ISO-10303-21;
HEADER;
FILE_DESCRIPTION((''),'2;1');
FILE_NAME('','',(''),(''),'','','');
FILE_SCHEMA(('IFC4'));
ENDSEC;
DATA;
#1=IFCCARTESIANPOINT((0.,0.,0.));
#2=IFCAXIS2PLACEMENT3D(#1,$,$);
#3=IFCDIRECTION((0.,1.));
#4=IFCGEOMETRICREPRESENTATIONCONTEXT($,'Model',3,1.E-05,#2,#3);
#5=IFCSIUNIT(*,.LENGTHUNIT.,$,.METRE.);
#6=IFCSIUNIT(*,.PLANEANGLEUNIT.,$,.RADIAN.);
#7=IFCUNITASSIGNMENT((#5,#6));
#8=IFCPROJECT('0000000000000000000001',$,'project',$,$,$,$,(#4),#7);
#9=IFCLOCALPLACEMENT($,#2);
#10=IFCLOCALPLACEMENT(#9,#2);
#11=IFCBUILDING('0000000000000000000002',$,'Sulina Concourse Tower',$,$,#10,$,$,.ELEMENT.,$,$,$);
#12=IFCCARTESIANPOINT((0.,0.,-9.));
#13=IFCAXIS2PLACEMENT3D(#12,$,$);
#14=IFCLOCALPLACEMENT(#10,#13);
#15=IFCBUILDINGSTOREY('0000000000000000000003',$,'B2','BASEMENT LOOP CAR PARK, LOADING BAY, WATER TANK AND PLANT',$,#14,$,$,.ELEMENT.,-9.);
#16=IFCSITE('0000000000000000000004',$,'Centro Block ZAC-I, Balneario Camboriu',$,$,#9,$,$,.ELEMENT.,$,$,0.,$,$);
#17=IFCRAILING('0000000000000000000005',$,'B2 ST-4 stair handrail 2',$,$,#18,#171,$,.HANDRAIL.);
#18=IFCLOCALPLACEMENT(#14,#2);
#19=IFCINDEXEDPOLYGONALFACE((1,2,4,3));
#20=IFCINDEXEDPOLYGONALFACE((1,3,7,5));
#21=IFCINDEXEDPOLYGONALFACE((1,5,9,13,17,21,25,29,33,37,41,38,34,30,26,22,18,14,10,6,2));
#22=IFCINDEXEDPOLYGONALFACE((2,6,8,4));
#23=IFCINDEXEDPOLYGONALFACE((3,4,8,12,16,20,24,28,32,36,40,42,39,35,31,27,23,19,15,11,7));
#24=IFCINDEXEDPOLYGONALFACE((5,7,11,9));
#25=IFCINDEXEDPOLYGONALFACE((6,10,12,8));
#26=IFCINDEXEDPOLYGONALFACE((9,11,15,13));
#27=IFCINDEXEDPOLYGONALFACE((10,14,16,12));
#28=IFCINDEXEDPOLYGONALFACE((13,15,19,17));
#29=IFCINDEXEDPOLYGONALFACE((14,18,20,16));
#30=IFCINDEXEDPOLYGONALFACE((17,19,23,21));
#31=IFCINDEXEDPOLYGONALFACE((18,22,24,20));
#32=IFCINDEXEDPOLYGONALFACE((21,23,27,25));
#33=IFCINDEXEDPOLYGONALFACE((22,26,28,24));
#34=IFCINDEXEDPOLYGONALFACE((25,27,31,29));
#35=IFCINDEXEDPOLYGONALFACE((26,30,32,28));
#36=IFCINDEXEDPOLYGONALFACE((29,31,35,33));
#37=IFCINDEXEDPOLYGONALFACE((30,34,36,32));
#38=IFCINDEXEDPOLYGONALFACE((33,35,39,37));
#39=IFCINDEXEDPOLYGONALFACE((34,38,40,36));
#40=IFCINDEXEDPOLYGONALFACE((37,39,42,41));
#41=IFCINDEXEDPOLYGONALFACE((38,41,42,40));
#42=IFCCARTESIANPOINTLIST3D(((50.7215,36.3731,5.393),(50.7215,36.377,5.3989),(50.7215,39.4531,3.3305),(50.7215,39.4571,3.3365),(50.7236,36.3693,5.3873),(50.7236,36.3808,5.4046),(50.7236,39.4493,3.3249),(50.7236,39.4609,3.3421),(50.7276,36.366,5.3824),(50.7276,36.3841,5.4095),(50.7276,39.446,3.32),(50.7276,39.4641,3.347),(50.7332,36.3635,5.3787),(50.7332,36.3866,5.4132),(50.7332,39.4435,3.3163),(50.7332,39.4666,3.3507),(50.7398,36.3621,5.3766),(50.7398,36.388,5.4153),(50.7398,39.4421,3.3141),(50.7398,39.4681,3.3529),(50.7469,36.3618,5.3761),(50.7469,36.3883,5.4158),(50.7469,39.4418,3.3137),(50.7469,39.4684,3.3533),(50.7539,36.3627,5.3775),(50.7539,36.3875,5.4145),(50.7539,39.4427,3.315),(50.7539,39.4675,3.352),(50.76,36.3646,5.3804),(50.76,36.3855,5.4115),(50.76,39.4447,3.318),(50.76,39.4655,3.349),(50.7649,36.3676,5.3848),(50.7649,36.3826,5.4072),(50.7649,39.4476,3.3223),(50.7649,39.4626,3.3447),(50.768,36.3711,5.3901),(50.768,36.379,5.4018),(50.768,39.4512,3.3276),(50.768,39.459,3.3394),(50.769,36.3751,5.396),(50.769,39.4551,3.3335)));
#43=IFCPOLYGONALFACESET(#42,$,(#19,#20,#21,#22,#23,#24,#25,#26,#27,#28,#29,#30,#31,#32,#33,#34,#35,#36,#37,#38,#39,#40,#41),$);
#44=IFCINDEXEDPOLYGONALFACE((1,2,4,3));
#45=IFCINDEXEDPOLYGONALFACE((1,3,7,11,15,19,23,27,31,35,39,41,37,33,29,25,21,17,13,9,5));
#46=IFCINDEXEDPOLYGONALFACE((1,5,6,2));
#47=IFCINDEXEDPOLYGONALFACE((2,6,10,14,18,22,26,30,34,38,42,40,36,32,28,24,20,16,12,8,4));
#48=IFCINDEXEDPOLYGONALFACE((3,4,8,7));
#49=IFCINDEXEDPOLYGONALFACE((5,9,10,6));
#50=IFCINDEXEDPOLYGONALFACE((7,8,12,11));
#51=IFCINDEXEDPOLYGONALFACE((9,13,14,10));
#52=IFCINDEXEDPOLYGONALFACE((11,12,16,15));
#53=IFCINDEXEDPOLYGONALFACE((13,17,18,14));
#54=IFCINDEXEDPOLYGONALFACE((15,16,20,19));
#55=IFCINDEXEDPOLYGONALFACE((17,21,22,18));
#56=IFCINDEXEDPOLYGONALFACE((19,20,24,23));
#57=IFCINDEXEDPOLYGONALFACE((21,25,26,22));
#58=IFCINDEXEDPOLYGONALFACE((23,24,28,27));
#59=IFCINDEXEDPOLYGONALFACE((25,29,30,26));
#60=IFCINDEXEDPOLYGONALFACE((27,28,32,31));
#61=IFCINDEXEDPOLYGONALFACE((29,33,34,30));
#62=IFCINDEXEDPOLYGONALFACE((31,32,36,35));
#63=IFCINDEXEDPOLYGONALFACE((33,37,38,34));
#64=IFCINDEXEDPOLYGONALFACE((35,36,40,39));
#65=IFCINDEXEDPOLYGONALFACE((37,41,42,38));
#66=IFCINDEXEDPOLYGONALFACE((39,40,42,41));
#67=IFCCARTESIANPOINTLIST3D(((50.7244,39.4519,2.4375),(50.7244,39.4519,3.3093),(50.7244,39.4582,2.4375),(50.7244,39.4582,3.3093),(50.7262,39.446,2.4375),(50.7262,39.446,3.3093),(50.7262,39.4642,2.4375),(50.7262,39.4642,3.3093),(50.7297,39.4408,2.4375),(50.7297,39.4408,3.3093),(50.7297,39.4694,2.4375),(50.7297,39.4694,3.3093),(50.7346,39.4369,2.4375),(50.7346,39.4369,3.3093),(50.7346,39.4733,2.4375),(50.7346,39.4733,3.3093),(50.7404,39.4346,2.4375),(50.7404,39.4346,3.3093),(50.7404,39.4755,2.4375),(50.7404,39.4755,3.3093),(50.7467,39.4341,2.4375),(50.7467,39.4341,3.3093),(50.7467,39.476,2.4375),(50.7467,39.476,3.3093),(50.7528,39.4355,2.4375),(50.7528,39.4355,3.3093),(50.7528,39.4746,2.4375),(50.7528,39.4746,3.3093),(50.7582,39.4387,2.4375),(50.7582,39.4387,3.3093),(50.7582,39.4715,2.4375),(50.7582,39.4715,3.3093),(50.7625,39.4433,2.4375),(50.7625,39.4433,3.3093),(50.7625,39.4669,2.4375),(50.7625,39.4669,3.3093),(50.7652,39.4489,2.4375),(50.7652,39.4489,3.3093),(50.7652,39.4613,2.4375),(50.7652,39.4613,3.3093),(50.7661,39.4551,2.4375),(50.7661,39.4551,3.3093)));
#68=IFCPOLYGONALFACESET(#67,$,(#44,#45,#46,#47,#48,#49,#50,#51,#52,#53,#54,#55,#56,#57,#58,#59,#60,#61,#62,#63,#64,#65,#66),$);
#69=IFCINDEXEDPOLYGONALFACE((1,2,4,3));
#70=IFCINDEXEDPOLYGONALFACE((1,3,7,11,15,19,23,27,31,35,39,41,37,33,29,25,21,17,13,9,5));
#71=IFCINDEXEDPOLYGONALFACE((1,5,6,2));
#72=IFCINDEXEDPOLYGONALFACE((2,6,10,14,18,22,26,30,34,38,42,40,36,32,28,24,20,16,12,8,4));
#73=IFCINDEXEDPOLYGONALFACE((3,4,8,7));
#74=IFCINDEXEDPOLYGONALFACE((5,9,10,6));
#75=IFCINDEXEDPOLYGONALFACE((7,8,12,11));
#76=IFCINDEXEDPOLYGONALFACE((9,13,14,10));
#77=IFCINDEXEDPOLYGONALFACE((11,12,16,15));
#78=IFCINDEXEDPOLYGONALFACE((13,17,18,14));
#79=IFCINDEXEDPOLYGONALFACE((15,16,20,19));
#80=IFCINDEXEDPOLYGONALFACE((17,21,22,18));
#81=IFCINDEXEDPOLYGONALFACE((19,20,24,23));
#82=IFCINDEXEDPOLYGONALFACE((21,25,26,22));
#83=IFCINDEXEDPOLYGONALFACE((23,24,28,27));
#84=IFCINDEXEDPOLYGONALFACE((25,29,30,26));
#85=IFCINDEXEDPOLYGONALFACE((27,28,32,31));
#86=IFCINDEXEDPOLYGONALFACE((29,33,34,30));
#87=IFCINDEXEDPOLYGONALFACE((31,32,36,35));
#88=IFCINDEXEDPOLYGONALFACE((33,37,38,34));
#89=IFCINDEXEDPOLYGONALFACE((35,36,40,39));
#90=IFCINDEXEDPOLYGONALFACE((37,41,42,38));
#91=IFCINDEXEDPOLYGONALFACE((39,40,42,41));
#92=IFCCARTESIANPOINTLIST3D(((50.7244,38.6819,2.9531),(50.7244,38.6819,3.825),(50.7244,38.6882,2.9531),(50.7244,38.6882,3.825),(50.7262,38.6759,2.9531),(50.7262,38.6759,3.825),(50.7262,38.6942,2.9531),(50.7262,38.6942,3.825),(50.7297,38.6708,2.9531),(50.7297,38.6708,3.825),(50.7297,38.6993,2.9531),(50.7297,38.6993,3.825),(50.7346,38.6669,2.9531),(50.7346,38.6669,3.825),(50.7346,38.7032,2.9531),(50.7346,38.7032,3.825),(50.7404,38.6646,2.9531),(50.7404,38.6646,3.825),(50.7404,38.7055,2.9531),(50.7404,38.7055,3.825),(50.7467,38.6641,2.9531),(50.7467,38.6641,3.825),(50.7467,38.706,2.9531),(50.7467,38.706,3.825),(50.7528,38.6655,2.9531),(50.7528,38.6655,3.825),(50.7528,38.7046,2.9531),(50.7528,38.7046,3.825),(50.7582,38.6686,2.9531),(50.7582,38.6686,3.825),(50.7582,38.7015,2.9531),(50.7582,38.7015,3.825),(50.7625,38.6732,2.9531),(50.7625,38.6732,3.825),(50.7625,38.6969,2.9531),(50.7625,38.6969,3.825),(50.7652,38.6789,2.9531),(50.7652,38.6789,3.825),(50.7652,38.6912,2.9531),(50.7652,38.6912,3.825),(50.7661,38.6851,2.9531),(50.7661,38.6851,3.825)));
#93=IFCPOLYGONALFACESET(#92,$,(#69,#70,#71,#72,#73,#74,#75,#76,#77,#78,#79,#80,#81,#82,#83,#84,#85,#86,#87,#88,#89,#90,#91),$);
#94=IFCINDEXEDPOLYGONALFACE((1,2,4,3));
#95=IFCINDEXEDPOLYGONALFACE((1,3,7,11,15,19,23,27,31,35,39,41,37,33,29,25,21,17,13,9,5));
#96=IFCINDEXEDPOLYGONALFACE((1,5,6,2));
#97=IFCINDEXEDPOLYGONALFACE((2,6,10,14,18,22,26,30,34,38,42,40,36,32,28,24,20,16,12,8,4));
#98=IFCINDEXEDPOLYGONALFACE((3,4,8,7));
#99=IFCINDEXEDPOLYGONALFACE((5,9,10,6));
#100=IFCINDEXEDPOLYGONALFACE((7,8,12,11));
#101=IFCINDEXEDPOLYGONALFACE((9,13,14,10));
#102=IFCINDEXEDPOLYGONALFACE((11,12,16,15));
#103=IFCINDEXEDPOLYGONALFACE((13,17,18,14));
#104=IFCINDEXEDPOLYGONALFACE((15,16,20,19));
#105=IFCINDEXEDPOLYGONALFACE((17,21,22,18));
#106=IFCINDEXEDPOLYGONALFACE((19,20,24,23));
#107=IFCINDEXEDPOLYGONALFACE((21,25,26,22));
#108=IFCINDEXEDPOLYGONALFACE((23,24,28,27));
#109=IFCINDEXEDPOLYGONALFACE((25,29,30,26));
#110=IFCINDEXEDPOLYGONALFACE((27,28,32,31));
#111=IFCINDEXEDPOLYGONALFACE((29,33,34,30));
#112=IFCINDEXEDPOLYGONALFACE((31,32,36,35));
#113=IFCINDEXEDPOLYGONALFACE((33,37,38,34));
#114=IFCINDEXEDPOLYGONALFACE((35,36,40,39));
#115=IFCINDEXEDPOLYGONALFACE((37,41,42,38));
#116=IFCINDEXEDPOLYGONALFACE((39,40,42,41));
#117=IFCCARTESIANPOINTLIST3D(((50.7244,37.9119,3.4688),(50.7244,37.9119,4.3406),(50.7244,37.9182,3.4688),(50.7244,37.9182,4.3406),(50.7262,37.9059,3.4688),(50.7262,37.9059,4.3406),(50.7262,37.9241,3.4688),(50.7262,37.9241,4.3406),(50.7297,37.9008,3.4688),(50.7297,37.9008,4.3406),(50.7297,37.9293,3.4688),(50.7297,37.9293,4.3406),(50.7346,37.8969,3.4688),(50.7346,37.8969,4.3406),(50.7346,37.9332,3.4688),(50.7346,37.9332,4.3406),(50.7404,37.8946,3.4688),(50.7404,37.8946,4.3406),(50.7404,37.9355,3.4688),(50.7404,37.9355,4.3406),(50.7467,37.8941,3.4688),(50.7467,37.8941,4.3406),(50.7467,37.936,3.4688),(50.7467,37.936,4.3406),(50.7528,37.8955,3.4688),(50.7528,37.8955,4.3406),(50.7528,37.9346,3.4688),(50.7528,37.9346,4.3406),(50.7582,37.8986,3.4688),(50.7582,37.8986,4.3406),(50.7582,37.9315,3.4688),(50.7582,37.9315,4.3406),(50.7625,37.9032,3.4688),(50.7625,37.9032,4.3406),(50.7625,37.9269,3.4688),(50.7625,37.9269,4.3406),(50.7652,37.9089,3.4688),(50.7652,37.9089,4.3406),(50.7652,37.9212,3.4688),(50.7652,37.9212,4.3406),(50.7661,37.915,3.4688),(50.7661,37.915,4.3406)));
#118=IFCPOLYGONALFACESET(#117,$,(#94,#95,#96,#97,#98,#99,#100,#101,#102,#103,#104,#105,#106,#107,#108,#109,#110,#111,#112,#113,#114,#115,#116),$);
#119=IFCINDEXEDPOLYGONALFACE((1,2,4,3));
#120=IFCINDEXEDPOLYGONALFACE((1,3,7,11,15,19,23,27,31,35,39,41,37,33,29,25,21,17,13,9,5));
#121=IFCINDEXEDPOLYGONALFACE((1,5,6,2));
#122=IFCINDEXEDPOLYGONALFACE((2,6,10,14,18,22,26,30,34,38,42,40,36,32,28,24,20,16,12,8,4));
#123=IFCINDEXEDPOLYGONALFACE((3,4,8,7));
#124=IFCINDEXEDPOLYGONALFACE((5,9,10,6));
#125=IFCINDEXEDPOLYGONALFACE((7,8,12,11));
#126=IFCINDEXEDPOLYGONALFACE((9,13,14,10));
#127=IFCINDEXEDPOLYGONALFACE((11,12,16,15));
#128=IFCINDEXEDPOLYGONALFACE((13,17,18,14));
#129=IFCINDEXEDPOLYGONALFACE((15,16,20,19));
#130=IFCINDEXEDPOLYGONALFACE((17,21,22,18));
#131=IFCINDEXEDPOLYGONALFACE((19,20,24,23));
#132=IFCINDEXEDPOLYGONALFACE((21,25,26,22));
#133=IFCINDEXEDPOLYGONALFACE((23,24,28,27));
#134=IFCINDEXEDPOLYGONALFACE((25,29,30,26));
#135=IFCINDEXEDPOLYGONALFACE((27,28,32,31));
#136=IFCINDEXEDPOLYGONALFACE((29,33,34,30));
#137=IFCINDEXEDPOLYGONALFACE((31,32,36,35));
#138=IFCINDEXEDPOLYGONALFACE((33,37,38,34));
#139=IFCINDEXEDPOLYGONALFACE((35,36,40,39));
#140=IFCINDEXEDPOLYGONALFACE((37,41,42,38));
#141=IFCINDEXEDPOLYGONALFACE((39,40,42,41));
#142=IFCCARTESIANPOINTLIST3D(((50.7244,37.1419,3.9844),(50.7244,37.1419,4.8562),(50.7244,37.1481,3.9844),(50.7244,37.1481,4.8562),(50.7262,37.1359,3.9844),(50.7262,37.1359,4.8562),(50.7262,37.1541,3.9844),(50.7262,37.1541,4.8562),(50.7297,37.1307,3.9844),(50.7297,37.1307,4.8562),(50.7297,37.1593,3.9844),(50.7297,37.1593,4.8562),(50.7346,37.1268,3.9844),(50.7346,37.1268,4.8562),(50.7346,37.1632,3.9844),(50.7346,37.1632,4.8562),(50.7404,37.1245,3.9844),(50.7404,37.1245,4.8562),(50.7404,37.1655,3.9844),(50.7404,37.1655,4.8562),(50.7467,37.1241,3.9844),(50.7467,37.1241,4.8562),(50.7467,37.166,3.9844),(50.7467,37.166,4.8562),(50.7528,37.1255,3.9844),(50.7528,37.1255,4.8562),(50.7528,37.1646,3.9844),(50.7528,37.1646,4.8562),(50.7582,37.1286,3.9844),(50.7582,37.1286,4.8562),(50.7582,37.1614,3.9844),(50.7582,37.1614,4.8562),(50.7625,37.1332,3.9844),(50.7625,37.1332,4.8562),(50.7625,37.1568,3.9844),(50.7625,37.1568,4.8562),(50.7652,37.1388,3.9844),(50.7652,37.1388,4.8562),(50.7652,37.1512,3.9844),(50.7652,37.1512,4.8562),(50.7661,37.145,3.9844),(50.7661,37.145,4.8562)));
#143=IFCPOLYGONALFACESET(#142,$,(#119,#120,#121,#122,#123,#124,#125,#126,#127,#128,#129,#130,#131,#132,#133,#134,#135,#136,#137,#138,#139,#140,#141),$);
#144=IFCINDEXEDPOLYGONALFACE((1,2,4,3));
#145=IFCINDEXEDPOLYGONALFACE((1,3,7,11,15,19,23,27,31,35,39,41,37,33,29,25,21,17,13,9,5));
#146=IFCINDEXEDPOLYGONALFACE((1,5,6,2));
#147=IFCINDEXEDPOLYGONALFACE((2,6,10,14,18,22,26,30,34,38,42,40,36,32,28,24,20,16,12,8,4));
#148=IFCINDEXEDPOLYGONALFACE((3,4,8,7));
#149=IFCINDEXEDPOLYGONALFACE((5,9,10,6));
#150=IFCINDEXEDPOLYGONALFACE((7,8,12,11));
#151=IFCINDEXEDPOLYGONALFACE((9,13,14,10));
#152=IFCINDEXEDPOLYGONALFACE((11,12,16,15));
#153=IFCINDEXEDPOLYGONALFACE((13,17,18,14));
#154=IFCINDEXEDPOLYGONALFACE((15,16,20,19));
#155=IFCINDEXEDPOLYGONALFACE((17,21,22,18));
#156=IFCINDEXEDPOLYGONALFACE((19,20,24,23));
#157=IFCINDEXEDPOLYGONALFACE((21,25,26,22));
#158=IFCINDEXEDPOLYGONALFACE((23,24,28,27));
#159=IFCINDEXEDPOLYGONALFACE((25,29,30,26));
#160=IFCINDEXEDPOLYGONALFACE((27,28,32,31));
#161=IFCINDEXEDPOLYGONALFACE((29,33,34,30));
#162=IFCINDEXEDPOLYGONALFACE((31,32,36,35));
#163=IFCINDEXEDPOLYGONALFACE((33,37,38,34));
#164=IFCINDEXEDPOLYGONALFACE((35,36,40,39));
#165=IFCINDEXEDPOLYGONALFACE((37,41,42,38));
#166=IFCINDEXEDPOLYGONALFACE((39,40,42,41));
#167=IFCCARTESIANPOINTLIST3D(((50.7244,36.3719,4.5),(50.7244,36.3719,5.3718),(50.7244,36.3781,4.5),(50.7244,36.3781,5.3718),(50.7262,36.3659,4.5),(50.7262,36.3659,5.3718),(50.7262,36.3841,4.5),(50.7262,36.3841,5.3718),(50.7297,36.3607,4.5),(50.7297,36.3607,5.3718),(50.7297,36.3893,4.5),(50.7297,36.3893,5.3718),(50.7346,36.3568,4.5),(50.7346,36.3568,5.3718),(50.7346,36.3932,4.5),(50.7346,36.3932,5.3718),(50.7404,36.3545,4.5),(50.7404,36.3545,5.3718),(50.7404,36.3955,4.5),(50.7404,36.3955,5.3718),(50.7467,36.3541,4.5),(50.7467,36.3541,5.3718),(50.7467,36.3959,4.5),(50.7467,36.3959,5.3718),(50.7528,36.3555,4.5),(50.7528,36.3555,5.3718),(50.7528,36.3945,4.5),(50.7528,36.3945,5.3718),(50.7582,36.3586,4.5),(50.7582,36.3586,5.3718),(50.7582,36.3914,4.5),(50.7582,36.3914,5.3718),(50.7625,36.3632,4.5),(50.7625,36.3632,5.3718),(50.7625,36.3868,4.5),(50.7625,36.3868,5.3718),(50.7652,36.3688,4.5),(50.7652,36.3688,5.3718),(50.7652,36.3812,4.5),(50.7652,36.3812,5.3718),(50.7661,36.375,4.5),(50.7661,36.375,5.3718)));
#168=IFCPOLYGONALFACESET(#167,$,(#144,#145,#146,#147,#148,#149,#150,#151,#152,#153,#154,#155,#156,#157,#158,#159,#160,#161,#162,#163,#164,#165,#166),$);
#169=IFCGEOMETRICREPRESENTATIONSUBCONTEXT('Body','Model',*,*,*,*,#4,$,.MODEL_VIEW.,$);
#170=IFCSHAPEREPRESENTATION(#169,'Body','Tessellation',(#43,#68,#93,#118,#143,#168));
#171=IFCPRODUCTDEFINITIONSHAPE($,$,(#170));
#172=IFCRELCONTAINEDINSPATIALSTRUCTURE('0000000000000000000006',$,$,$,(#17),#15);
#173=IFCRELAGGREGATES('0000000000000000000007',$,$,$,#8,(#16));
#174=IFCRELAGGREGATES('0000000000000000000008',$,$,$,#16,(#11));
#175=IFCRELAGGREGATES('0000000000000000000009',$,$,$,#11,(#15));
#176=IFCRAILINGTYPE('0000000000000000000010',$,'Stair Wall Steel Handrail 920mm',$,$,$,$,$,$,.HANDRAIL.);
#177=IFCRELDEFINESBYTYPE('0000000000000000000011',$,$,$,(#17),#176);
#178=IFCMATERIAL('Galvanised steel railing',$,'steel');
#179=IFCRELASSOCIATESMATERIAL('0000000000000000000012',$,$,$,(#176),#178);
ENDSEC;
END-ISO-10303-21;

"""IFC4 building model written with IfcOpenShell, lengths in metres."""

from ifc_helpers import new_model, si_unit, direction, frame, origin, origin_2d, place, context, subcontext, project, spatial, circle, extrude, material, type_object, element, save


model = new_model("IFC4")

# Units and contexts
model_context = context("Model", 3, precision=1e-05, world=origin(), true_north=direction((0.0, 1.0)))
body_context = subcontext(model_context, "Body", "Model", "MODEL_VIEW")
ifc_project = project(units=[si_unit("LENGTHUNIT", "METRE"), si_unit("PLANEANGLEUNIT", "RADIAN")], contexts=[model_context])

# Site, building, storey
site_placement = place(None, origin())
site = spatial("IfcSite", under=ifc_project, at=site_placement, Name="Centro Block ZAC-I, Balneario Camboriu", CompositionType="ELEMENT", RefElevation=0.0)
building_placement = place(site_placement, origin())
building = spatial("IfcBuilding", under=site, at=building_placement, Name="Sulina Concourse Tower", CompositionType="ELEMENT")
storey_placement = place(building_placement, frame((0.0, 0.0, -9.0)))
storey = spatial("IfcBuildingStorey", under=building, at=storey_placement, Name="B2", Description="BASEMENT LOOP CAR PARK, LOADING BAY, WATER TANK AND PLANT", CompositionType="ELEMENT", Elevation=-9.0)

# Railing
ifc_material_1 = material(Name="Galvanised steel railing", Category="steel")
railing_type_1 = type_object("IfcRailingType", Name="Stair Wall Steel Handrail 920mm", PredefinedType="HANDRAIL", material=ifc_material_1)
railing_1_placement = place(storey_placement, frame((50.7451, 39.4551, 2.4375)))
element("IfcRailing", 1, at=railing_1_placement, inside=storey, type_object=railing_type_1, Name="B2 ST-4 stair handrail 2", PredefinedType="HANDRAIL", context=body_context, shape_type="SweptSolid", body=[
    extrude(circle(Radius=0.0239, at=origin_2d()), frame((0.0, 0.0, 0.896), z_axis=(0.0, -0.830914, 0.556401), x_axis=(1.0, 0.0, 0.0)), (0.0, 0.0, 1.0), 3.7068),
    extrude(circle(Radius=0.021, at=origin_2d()), origin(), (0.0, 0.0, 1.0), 0.8718),
    extrude(circle(Radius=0.021, at=origin_2d()), frame((0.0, -0.77, 0.5156)), (0.0, 0.0, 1.0), 0.8718),
    extrude(circle(Radius=0.021, at=origin_2d()), frame((0.0, -1.54, 1.0312)), (0.0, 0.0, 1.0), 0.8718),
    extrude(circle(Radius=0.021, at=origin_2d()), frame((0.0, -2.3101, 1.5469)), (0.0, 0.0, 1.0), 0.8718),
    extrude(circle(Radius=0.021, at=origin_2d()), frame((0.0, -3.0801, 2.0625)), (0.0, 0.0, 1.0), 0.8718),
])

save(model, "model.ifc")
